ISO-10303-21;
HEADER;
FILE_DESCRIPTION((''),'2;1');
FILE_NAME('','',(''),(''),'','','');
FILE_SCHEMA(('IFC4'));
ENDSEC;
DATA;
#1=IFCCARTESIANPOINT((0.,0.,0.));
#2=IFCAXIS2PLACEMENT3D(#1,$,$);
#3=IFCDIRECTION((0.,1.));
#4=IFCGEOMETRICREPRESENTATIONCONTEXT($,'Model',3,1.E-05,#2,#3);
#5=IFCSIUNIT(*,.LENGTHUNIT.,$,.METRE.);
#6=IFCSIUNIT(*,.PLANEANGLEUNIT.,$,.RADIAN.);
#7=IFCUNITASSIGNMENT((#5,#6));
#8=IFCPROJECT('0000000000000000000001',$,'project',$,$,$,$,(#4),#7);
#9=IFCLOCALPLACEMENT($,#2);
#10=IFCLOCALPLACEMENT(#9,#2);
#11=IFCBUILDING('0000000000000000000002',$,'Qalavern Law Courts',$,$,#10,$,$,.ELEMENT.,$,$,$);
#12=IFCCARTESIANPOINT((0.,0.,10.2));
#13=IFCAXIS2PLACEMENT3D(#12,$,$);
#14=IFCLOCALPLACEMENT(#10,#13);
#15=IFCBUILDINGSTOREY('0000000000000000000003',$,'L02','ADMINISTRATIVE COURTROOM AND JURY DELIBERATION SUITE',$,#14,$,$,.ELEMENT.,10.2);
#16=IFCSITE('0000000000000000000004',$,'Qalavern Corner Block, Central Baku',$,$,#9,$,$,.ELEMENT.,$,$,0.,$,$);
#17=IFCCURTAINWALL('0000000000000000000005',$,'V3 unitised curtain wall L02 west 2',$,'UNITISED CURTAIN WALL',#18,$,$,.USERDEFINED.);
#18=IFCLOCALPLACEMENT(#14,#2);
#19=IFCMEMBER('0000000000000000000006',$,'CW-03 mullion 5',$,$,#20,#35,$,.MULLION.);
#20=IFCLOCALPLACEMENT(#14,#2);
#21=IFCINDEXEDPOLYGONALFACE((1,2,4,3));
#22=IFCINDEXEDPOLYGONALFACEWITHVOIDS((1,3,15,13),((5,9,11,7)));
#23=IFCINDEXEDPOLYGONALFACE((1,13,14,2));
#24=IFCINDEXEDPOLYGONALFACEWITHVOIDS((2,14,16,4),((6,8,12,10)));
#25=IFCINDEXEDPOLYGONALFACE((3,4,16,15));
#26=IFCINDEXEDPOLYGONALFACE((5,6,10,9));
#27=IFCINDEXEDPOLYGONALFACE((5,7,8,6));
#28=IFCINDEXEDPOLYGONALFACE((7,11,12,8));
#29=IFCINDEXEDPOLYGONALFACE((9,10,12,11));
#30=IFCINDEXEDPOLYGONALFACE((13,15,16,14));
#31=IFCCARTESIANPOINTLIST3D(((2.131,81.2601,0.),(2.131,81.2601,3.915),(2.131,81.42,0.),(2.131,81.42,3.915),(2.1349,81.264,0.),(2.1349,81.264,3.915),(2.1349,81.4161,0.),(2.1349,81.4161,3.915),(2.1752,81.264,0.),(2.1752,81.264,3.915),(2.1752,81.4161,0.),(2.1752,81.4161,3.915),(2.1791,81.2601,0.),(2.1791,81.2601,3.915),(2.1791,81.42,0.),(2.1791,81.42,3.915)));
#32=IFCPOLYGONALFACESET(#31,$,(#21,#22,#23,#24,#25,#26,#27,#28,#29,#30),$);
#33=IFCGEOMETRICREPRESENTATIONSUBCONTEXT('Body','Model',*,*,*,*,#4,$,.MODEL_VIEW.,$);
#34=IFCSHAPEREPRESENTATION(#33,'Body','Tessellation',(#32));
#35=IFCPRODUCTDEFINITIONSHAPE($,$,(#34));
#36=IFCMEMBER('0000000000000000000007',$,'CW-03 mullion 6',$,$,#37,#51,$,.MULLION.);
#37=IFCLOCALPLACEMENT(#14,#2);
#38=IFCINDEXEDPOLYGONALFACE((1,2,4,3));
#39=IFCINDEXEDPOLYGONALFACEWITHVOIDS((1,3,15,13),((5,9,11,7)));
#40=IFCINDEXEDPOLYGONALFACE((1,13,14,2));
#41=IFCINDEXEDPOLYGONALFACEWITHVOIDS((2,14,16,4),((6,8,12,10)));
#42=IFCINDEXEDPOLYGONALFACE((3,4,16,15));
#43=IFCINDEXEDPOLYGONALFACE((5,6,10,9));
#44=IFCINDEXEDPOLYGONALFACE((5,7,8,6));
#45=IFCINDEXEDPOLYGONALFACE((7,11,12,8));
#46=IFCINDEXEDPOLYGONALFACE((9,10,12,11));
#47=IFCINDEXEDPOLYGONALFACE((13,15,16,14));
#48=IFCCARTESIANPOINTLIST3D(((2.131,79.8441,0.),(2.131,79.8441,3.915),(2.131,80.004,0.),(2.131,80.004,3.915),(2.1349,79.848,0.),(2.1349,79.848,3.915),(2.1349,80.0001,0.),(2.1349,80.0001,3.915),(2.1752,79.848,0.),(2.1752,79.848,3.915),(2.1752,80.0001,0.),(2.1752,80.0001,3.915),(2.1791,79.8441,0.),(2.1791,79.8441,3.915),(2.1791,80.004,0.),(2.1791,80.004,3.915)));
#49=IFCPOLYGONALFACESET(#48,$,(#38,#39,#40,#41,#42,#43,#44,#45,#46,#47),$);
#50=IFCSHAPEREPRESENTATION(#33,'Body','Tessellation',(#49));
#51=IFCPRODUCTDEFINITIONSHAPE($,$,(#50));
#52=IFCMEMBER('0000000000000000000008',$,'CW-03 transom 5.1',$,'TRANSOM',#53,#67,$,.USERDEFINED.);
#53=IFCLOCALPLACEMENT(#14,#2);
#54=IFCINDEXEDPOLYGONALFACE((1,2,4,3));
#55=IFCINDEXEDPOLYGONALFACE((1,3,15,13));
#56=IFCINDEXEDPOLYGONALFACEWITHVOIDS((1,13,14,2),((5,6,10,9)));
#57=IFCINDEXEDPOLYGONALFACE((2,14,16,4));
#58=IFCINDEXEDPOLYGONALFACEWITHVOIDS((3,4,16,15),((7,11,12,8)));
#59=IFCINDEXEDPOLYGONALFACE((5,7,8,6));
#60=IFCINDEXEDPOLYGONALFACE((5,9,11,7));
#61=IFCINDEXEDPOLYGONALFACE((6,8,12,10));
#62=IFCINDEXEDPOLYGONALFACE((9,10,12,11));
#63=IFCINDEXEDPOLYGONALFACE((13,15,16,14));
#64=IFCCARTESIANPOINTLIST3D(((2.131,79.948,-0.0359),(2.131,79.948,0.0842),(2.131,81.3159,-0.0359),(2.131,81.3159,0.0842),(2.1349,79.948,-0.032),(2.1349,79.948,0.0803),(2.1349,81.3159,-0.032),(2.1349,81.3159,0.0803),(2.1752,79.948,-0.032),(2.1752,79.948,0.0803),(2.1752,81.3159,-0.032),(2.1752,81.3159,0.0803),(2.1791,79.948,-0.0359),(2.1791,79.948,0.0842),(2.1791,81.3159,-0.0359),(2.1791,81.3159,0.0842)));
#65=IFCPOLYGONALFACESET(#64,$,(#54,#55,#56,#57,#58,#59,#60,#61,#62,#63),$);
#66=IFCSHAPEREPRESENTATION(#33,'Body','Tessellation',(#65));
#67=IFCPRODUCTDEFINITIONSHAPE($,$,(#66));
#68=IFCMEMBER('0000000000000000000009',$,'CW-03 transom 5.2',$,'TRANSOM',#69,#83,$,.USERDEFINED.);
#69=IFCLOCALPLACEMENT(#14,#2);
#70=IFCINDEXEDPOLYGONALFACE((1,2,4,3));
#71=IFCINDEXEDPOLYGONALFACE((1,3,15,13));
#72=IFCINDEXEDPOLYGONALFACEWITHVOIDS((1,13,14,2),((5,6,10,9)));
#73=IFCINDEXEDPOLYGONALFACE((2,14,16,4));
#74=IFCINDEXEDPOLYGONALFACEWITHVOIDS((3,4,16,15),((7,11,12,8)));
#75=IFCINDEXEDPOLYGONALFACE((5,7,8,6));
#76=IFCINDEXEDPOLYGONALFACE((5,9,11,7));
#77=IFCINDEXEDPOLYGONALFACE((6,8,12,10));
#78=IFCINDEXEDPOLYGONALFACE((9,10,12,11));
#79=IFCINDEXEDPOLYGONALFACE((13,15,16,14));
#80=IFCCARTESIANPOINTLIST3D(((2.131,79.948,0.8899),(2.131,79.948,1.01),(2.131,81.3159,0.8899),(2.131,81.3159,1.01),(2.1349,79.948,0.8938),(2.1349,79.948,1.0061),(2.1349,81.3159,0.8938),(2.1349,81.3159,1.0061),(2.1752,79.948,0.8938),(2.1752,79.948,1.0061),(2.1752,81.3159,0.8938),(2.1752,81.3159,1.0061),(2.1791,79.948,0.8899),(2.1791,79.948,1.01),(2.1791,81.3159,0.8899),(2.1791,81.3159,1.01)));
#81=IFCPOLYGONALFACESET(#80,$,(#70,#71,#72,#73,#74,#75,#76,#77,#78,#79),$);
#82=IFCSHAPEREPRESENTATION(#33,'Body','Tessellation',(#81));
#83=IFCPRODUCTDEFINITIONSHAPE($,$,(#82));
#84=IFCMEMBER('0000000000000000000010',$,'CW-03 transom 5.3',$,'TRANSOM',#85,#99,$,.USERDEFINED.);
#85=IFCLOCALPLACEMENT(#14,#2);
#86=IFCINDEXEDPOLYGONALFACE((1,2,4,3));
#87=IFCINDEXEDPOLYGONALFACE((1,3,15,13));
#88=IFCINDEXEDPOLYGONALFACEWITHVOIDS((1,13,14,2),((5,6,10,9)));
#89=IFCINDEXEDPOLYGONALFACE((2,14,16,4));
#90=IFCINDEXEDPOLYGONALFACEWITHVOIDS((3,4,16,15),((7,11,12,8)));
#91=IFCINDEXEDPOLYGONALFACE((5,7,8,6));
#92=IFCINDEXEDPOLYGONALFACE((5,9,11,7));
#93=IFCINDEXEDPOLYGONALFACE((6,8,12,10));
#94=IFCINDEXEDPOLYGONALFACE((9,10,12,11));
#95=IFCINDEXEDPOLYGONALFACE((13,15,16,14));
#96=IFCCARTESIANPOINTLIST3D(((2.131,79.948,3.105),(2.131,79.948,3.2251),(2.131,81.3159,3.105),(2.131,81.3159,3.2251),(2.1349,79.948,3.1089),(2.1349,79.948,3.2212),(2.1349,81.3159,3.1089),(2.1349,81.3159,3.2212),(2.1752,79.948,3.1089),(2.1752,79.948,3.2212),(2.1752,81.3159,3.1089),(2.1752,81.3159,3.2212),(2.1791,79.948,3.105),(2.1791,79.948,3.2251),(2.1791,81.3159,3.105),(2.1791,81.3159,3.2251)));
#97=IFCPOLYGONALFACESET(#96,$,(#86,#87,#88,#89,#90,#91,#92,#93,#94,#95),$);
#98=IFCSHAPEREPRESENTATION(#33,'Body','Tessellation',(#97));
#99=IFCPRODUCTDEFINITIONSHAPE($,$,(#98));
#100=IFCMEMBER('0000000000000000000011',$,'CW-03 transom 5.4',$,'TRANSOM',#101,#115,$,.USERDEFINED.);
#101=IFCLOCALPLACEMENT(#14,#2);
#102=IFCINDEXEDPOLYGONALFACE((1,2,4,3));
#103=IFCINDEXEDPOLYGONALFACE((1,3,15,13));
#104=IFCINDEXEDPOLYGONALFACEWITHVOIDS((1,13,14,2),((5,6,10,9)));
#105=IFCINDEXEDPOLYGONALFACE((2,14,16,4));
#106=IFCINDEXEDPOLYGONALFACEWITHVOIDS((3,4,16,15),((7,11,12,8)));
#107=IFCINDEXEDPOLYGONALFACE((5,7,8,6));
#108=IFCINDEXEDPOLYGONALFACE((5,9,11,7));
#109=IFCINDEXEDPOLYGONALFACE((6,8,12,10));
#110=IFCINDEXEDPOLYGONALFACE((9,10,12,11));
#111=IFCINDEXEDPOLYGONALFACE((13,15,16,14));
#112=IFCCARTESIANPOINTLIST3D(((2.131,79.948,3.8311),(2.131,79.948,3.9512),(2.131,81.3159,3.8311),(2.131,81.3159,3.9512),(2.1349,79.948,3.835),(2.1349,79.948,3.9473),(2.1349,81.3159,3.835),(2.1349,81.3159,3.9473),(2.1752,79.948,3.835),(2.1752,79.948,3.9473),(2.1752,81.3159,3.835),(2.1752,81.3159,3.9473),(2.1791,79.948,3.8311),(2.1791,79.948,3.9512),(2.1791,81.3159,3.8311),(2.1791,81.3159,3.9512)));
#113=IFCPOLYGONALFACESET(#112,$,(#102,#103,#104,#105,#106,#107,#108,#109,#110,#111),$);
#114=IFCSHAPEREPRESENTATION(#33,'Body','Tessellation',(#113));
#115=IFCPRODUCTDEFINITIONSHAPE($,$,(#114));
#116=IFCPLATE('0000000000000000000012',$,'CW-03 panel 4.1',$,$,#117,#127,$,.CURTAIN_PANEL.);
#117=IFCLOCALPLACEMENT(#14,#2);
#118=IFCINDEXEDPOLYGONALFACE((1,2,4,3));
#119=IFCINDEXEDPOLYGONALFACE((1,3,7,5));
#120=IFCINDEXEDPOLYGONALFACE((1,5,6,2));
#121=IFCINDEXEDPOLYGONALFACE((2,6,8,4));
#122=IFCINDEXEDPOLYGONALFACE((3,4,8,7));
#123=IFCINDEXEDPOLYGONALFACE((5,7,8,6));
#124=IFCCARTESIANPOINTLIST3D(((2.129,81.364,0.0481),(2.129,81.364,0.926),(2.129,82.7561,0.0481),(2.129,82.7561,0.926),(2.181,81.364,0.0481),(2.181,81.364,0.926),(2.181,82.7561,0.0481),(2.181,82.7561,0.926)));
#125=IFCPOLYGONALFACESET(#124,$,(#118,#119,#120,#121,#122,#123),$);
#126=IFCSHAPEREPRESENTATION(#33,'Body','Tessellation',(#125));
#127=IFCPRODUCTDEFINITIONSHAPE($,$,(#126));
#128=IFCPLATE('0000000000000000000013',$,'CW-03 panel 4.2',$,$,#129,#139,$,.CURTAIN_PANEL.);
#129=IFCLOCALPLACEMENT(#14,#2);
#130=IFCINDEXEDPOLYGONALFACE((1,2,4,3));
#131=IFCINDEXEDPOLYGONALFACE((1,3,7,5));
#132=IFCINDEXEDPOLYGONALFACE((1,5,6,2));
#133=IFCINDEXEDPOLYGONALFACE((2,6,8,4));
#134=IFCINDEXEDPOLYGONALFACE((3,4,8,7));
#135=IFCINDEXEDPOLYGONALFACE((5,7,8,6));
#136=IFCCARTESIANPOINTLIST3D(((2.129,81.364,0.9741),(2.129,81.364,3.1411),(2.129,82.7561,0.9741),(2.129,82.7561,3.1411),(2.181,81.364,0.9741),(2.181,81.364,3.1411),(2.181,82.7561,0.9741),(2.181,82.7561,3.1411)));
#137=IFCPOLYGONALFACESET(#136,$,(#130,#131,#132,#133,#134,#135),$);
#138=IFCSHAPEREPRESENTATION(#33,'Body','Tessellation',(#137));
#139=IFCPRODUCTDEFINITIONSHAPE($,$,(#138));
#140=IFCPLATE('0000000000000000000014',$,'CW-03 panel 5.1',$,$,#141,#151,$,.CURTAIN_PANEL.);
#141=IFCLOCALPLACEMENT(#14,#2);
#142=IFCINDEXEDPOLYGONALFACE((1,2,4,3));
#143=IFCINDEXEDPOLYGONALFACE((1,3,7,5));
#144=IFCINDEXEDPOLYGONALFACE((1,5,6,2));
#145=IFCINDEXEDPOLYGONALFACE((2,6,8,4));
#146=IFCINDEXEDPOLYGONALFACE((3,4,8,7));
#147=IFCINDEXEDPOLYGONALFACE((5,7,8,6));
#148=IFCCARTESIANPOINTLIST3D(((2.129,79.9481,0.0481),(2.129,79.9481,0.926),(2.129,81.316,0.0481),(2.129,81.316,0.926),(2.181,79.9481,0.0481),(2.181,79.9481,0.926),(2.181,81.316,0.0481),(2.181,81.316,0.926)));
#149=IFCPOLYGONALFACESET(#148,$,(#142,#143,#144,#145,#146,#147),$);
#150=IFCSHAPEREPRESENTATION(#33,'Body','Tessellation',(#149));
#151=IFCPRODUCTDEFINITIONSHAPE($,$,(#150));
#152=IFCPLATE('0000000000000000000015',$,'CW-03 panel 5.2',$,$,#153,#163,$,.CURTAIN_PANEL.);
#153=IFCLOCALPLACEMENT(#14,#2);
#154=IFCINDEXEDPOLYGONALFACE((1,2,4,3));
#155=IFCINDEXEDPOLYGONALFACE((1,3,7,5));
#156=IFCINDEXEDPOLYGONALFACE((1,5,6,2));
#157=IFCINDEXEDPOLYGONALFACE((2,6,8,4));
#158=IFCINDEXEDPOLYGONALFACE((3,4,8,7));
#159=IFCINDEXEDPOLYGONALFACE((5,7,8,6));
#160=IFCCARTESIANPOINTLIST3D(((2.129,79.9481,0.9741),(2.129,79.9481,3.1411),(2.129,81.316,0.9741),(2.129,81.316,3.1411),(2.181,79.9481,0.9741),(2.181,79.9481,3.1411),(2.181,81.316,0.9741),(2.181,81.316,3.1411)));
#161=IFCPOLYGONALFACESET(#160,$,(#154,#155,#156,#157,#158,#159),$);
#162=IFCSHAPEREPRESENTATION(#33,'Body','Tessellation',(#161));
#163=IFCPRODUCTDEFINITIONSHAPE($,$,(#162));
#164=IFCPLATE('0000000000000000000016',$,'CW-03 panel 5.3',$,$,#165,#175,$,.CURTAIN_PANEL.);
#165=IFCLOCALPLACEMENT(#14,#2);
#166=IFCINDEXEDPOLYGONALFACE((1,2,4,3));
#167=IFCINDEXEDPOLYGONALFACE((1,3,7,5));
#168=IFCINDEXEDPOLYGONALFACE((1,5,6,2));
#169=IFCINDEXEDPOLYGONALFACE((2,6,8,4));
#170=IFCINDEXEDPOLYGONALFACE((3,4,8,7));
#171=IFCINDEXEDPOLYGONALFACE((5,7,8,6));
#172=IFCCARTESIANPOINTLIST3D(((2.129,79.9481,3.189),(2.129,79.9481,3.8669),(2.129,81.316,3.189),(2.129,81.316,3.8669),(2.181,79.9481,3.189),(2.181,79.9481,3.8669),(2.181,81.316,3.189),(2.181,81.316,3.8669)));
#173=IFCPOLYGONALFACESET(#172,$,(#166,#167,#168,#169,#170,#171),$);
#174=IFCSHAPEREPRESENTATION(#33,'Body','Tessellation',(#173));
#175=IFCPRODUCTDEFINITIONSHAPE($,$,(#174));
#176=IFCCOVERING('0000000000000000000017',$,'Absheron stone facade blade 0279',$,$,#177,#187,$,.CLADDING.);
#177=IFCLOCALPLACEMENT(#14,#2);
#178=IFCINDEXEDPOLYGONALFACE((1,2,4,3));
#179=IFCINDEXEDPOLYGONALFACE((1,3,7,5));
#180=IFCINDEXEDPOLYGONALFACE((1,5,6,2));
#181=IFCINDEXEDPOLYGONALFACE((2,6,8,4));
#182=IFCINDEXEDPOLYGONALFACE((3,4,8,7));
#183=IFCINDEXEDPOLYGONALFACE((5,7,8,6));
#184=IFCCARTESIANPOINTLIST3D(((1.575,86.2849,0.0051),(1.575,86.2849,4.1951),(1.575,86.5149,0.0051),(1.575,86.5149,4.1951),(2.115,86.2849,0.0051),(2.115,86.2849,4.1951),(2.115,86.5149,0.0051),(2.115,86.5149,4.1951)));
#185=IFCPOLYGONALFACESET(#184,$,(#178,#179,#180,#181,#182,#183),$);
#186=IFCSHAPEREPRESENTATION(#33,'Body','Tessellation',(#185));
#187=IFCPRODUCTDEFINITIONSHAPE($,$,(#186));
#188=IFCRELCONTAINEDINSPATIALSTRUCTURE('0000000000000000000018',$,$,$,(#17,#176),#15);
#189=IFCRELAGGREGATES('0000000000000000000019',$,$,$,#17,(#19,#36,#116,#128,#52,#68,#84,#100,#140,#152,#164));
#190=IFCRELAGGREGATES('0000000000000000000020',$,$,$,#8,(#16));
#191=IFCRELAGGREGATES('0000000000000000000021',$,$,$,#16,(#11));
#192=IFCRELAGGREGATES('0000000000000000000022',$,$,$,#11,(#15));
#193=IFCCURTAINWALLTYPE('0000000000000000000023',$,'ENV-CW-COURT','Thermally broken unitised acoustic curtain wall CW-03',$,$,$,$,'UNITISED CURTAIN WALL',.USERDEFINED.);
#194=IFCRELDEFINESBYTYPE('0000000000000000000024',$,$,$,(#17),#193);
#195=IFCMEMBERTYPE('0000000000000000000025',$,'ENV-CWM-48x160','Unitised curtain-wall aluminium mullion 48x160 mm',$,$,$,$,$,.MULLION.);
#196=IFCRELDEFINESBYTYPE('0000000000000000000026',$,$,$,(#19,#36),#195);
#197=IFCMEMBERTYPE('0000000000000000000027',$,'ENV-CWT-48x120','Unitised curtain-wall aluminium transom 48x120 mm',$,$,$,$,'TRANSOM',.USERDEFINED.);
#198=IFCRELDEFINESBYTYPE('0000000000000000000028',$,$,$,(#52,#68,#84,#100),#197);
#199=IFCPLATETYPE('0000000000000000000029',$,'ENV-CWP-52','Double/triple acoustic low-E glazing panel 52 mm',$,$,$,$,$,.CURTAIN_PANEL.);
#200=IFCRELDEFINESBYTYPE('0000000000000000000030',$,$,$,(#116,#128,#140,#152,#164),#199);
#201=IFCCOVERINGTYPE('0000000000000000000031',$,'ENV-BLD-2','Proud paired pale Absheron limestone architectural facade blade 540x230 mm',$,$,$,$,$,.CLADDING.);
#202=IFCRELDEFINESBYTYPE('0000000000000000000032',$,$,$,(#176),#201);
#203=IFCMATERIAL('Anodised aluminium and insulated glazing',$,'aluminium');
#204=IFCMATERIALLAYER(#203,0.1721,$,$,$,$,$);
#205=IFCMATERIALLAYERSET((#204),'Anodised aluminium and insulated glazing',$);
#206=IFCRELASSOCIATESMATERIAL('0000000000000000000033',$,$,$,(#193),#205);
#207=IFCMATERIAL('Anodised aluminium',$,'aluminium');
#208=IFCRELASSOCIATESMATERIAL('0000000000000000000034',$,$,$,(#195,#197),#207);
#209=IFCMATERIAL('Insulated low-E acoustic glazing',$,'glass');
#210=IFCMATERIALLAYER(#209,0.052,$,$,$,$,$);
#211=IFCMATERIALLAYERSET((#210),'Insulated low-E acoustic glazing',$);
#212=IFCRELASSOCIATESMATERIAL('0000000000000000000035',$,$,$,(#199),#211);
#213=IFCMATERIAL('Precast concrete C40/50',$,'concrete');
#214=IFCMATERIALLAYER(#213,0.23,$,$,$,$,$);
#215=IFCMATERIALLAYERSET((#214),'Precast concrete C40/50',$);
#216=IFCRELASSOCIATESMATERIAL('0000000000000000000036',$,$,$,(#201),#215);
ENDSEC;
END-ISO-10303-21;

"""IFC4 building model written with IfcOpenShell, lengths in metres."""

from ifc_helpers import new_model, si_unit, direction, frame, origin, origin_2d, place, context, subcontext, project, spatial, rectangle, hollow_rectangle, extrude, material, layer, layer_set, material_profile, profile_set, type_object, element, aggregate, save


model = new_model("IFC4")

# Units and contexts
model_context = context("Model", 3, precision=1e-05, world=origin(), true_north=direction((0.0, 1.0)))
body_context = subcontext(model_context, "Body", "Model", "MODEL_VIEW")
ifc_project = project(units=[si_unit("LENGTHUNIT", "METRE"), si_unit("PLANEANGLEUNIT", "RADIAN")], contexts=[model_context])

# Site, building, storey
site_placement = place(None, origin())
site = spatial("IfcSite", under=ifc_project, at=site_placement, Name="Qalavern Corner Block, Central Baku", CompositionType="ELEMENT", RefElevation=0.0)
building_placement = place(site_placement, origin())
building = spatial("IfcBuilding", under=site, at=building_placement, Name="Qalavern Law Courts", CompositionType="ELEMENT")
storey_placement = place(building_placement, frame((0.0, 0.0, 10.2)))
storey = spatial("IfcBuildingStorey", under=building, at=storey_placement, Name="L02", Description="ADMINISTRATIVE COURTROOM AND JURY DELIBERATION SUITE", CompositionType="ELEMENT", Elevation=10.2)

# Curtain wall, members, plates
ifc_material_1 = material(Name="Anodised aluminium and insulated glazing", Category="aluminium")
ifc_layer_1 = layer(ifc_material_1, 0.1721)
ifc_layer_set_1 = layer_set([ifc_layer_1], Name="Anodised aluminium and insulated glazing")
curtain_wall_type = type_object("IfcCurtainWallType", Name="ENV-CW-COURT", Description="Thermally broken unitised acoustic curtain wall CW-03", ElementType="UNITISED CURTAIN WALL", PredefinedType="USERDEFINED", material=ifc_layer_set_1)
curtain_wall_placement = place(storey_placement, origin())
curtain_wall = element("IfcCurtainWall", 1, at=curtain_wall_placement, inside=storey, type_object=curtain_wall_type, Name="V3 unitised curtain wall L02 west 2", ObjectType="UNITISED CURTAIN WALL", PredefinedType="USERDEFINED")
ifc_material_2 = material(Name="Anodised aluminium", Category="aluminium")
ifc_material_profile_1 = material_profile(ifc_material_2, hollow_rectangle(XDim=0.0481, YDim=0.1599, WallThickness=0.0039, at=origin_2d()), Name="ALU MULLION 48x160")
ifc_profile_set_1 = profile_set([ifc_material_profile_1], Name="Anodised aluminium")
member_type_1 = type_object("IfcMemberType", Name="ENV-CWM-48x160", Description="Unitised curtain-wall aluminium mullion 48x160 mm", PredefinedType="MULLION", material=ifc_profile_set_1)
member_1_placement = place(storey_placement, frame((2.155, 81.3401, 0.0), z_axis=(0.0, 0.0, 1.0), x_axis=(1.0, 0.0, 0.0)))
member_1 = element("IfcMember", 2, at=member_1_placement, type_object=member_type_1, Name="CW-03 mullion 5", PredefinedType="MULLION", context=body_context, shape_type="SweptSolid", body=[
    extrude(hollow_rectangle(XDim=0.0481, YDim=0.1599, WallThickness=0.0039, at=origin_2d()), origin(), (0.0, 0.0, 1.0), 3.915),
])
member_2_placement = place(storey_placement, frame((2.155, 79.9241, 0.0), z_axis=(0.0, 0.0, 1.0), x_axis=(1.0, 0.0, 0.0)))
member_2 = element("IfcMember", 3, at=member_2_placement, type_object=member_type_1, Name="CW-03 mullion 6", PredefinedType="MULLION", context=body_context, shape_type="SweptSolid", body=[
    extrude(hollow_rectangle(XDim=0.0481, YDim=0.1599, WallThickness=0.0039, at=origin_2d()), origin(), (0.0, 0.0, 1.0), 3.915),
])
ifc_material_profile_2 = material_profile(ifc_material_2, hollow_rectangle(XDim=0.0481, YDim=0.1201, WallThickness=0.0039, at=origin_2d()), Name="ALU TRANSOM 48x120")
ifc_profile_set_2 = profile_set([ifc_material_profile_2], Name="Anodised aluminium")
member_type_2 = type_object("IfcMemberType", Name="ENV-CWT-48x120", Description="Unitised curtain-wall aluminium transom 48x120 mm", ElementType="TRANSOM", PredefinedType="USERDEFINED", material=ifc_profile_set_2)
member_3_placement = place(storey_placement, frame((2.155, 81.3159, 0.0242), z_axis=(0.0, -1.0, 0.0), x_axis=(1.0, 0.0, 0.0)))
member_3 = element("IfcMember", 4, at=member_3_placement, type_object=member_type_2, Name="CW-03 transom 5.1", ObjectType="TRANSOM", PredefinedType="USERDEFINED", context=body_context, shape_type="SweptSolid", body=[
    extrude(hollow_rectangle(XDim=0.0481, YDim=0.1201, WallThickness=0.0039, at=origin_2d()), origin(), (0.0, 0.0, 1.0), 1.3679),
])
member_4_placement = place(storey_placement, frame((2.155, 81.3159, 0.95), z_axis=(0.0, -1.0, 0.0), x_axis=(1.0, 0.0, 0.0)))
member_4 = element("IfcMember", 5, at=member_4_placement, type_object=member_type_2, Name="CW-03 transom 5.2", ObjectType="TRANSOM", PredefinedType="USERDEFINED", context=body_context, shape_type="SweptSolid", body=[
    extrude(hollow_rectangle(XDim=0.0481, YDim=0.1201, WallThickness=0.0039, at=origin_2d()), origin(), (0.0, 0.0, 1.0), 1.3679),
])
member_5_placement = place(storey_placement, frame((2.155, 81.3159, 3.165), z_axis=(0.0, -1.0, 0.0), x_axis=(1.0, 0.0, 0.0)))
member_5 = element("IfcMember", 6, at=member_5_placement, type_object=member_type_2, Name="CW-03 transom 5.3", ObjectType="TRANSOM", PredefinedType="USERDEFINED", context=body_context, shape_type="SweptSolid", body=[
    extrude(hollow_rectangle(XDim=0.0481, YDim=0.1201, WallThickness=0.0039, at=origin_2d()), origin(), (0.0, 0.0, 1.0), 1.3679),
])
member_6_placement = place(storey_placement, frame((2.155, 81.3159, 3.8911), z_axis=(0.0, -1.0, 0.0), x_axis=(1.0, 0.0, 0.0)))
member_6 = element("IfcMember", 7, at=member_6_placement, type_object=member_type_2, Name="CW-03 transom 5.4", ObjectType="TRANSOM", PredefinedType="USERDEFINED", context=body_context, shape_type="SweptSolid", body=[
    extrude(hollow_rectangle(XDim=0.0481, YDim=0.1201, WallThickness=0.0039, at=origin_2d()), origin(), (0.0, 0.0, 1.0), 1.3679),
])
ifc_material_3 = material(Name="Insulated low-E acoustic glazing", Category="glass")
ifc_layer_2 = layer(ifc_material_3, 0.052)
ifc_layer_set_2 = layer_set([ifc_layer_2], Name="Insulated low-E acoustic glazing")
plate_type = type_object("IfcPlateType", Name="ENV-CWP-52", Description="Double/triple acoustic low-E glazing panel 52 mm", PredefinedType="CURTAIN_PANEL", material=ifc_layer_set_2)
plate_1_placement = place(storey_placement, frame((2.155, 82.0601, 0.0481), z_axis=(0.0, 0.0, 1.0), x_axis=(0.0, -1.0, 0.0)))
plate_1 = element("IfcPlate", 8, at=plate_1_placement, type_object=plate_type, Name="CW-03 panel 4.1", PredefinedType="CURTAIN_PANEL", context=body_context, shape_type="SweptSolid", body=[
    extrude(rectangle(XDim=1.3921, YDim=0.052, at=origin_2d()), origin(), (0.0, 0.0, 1.0), 0.8779),
])
plate_2_placement = place(storey_placement, frame((2.155, 82.0601, 0.9741), z_axis=(0.0, 0.0, 1.0), x_axis=(0.0, -1.0, 0.0)))
plate_2 = element("IfcPlate", 9, at=plate_2_placement, type_object=plate_type, Name="CW-03 panel 4.2", PredefinedType="CURTAIN_PANEL", context=body_context, shape_type="SweptSolid", body=[
    extrude(rectangle(XDim=1.3921, YDim=0.052, at=origin_2d()), origin(), (0.0, 0.0, 1.0), 2.167),
])
plate_3_placement = place(storey_placement, frame((2.155, 80.6321, 0.0481), z_axis=(0.0, 0.0, 1.0), x_axis=(0.0, -1.0, 0.0)))
plate_3 = element("IfcPlate", 10, at=plate_3_placement, type_object=plate_type, Name="CW-03 panel 5.1", PredefinedType="CURTAIN_PANEL", context=body_context, shape_type="SweptSolid", body=[
    extrude(rectangle(XDim=1.3679, YDim=0.052, at=origin_2d()), origin(), (0.0, 0.0, 1.0), 0.8779),
])
plate_4_placement = place(storey_placement, frame((2.155, 80.6321, 0.9741), z_axis=(0.0, 0.0, 1.0), x_axis=(0.0, -1.0, 0.0)))
plate_4 = element("IfcPlate", 11, at=plate_4_placement, type_object=plate_type, Name="CW-03 panel 5.2", PredefinedType="CURTAIN_PANEL", context=body_context, shape_type="SweptSolid", body=[
    extrude(rectangle(XDim=1.3679, YDim=0.052, at=origin_2d()), origin(), (0.0, 0.0, 1.0), 2.167),
])
plate_5_placement = place(storey_placement, frame((2.155, 80.6321, 3.189), z_axis=(0.0, 0.0, 1.0), x_axis=(0.0, -1.0, 0.0)))
plate_5 = element("IfcPlate", 12, at=plate_5_placement, type_object=plate_type, Name="CW-03 panel 5.3", PredefinedType="CURTAIN_PANEL", context=body_context, shape_type="SweptSolid", body=[
    extrude(rectangle(XDim=1.3679, YDim=0.052, at=origin_2d()), origin(), (0.0, 0.0, 1.0), 0.678),
])
aggregate(curtain_wall, [member_1, member_2, plate_1, plate_2, member_3, member_4, member_5, member_6, plate_3, plate_4, plate_5])

# Covering
ifc_material_4 = material(Name="Precast concrete C40/50", Category="concrete")
ifc_layer_3 = layer(ifc_material_4, 0.23)
ifc_layer_set_3 = layer_set([ifc_layer_3], Name="Precast concrete C40/50")
covering_type = type_object("IfcCoveringType", Name="ENV-BLD-2", Description="Proud paired pale Absheron limestone architectural facade blade 540x230 mm", PredefinedType="CLADDING", material=ifc_layer_set_3)
for number, where, z_axis, x_axis, name in (
    (13, (1.845, 86.3999, 0.0051), (0.0, 0.0, 1.0), (-1.0, 0.0, 0.0), "Absheron stone facade blade 0279"),
):
    element("IfcCovering", number, at=place(storey_placement, frame(where, z_axis=z_axis, x_axis=x_axis)), inside=storey, type_object=covering_type, Name=name, PredefinedType="CLADDING", context=body_context, shape_type="SweptSolid", body=[
        extrude(rectangle(XDim=0.54, YDim=0.23, at=origin_2d()), origin(), (0.0, 0.0, 1.0), 4.1899),
    ])

save(model, "model.ifc")
